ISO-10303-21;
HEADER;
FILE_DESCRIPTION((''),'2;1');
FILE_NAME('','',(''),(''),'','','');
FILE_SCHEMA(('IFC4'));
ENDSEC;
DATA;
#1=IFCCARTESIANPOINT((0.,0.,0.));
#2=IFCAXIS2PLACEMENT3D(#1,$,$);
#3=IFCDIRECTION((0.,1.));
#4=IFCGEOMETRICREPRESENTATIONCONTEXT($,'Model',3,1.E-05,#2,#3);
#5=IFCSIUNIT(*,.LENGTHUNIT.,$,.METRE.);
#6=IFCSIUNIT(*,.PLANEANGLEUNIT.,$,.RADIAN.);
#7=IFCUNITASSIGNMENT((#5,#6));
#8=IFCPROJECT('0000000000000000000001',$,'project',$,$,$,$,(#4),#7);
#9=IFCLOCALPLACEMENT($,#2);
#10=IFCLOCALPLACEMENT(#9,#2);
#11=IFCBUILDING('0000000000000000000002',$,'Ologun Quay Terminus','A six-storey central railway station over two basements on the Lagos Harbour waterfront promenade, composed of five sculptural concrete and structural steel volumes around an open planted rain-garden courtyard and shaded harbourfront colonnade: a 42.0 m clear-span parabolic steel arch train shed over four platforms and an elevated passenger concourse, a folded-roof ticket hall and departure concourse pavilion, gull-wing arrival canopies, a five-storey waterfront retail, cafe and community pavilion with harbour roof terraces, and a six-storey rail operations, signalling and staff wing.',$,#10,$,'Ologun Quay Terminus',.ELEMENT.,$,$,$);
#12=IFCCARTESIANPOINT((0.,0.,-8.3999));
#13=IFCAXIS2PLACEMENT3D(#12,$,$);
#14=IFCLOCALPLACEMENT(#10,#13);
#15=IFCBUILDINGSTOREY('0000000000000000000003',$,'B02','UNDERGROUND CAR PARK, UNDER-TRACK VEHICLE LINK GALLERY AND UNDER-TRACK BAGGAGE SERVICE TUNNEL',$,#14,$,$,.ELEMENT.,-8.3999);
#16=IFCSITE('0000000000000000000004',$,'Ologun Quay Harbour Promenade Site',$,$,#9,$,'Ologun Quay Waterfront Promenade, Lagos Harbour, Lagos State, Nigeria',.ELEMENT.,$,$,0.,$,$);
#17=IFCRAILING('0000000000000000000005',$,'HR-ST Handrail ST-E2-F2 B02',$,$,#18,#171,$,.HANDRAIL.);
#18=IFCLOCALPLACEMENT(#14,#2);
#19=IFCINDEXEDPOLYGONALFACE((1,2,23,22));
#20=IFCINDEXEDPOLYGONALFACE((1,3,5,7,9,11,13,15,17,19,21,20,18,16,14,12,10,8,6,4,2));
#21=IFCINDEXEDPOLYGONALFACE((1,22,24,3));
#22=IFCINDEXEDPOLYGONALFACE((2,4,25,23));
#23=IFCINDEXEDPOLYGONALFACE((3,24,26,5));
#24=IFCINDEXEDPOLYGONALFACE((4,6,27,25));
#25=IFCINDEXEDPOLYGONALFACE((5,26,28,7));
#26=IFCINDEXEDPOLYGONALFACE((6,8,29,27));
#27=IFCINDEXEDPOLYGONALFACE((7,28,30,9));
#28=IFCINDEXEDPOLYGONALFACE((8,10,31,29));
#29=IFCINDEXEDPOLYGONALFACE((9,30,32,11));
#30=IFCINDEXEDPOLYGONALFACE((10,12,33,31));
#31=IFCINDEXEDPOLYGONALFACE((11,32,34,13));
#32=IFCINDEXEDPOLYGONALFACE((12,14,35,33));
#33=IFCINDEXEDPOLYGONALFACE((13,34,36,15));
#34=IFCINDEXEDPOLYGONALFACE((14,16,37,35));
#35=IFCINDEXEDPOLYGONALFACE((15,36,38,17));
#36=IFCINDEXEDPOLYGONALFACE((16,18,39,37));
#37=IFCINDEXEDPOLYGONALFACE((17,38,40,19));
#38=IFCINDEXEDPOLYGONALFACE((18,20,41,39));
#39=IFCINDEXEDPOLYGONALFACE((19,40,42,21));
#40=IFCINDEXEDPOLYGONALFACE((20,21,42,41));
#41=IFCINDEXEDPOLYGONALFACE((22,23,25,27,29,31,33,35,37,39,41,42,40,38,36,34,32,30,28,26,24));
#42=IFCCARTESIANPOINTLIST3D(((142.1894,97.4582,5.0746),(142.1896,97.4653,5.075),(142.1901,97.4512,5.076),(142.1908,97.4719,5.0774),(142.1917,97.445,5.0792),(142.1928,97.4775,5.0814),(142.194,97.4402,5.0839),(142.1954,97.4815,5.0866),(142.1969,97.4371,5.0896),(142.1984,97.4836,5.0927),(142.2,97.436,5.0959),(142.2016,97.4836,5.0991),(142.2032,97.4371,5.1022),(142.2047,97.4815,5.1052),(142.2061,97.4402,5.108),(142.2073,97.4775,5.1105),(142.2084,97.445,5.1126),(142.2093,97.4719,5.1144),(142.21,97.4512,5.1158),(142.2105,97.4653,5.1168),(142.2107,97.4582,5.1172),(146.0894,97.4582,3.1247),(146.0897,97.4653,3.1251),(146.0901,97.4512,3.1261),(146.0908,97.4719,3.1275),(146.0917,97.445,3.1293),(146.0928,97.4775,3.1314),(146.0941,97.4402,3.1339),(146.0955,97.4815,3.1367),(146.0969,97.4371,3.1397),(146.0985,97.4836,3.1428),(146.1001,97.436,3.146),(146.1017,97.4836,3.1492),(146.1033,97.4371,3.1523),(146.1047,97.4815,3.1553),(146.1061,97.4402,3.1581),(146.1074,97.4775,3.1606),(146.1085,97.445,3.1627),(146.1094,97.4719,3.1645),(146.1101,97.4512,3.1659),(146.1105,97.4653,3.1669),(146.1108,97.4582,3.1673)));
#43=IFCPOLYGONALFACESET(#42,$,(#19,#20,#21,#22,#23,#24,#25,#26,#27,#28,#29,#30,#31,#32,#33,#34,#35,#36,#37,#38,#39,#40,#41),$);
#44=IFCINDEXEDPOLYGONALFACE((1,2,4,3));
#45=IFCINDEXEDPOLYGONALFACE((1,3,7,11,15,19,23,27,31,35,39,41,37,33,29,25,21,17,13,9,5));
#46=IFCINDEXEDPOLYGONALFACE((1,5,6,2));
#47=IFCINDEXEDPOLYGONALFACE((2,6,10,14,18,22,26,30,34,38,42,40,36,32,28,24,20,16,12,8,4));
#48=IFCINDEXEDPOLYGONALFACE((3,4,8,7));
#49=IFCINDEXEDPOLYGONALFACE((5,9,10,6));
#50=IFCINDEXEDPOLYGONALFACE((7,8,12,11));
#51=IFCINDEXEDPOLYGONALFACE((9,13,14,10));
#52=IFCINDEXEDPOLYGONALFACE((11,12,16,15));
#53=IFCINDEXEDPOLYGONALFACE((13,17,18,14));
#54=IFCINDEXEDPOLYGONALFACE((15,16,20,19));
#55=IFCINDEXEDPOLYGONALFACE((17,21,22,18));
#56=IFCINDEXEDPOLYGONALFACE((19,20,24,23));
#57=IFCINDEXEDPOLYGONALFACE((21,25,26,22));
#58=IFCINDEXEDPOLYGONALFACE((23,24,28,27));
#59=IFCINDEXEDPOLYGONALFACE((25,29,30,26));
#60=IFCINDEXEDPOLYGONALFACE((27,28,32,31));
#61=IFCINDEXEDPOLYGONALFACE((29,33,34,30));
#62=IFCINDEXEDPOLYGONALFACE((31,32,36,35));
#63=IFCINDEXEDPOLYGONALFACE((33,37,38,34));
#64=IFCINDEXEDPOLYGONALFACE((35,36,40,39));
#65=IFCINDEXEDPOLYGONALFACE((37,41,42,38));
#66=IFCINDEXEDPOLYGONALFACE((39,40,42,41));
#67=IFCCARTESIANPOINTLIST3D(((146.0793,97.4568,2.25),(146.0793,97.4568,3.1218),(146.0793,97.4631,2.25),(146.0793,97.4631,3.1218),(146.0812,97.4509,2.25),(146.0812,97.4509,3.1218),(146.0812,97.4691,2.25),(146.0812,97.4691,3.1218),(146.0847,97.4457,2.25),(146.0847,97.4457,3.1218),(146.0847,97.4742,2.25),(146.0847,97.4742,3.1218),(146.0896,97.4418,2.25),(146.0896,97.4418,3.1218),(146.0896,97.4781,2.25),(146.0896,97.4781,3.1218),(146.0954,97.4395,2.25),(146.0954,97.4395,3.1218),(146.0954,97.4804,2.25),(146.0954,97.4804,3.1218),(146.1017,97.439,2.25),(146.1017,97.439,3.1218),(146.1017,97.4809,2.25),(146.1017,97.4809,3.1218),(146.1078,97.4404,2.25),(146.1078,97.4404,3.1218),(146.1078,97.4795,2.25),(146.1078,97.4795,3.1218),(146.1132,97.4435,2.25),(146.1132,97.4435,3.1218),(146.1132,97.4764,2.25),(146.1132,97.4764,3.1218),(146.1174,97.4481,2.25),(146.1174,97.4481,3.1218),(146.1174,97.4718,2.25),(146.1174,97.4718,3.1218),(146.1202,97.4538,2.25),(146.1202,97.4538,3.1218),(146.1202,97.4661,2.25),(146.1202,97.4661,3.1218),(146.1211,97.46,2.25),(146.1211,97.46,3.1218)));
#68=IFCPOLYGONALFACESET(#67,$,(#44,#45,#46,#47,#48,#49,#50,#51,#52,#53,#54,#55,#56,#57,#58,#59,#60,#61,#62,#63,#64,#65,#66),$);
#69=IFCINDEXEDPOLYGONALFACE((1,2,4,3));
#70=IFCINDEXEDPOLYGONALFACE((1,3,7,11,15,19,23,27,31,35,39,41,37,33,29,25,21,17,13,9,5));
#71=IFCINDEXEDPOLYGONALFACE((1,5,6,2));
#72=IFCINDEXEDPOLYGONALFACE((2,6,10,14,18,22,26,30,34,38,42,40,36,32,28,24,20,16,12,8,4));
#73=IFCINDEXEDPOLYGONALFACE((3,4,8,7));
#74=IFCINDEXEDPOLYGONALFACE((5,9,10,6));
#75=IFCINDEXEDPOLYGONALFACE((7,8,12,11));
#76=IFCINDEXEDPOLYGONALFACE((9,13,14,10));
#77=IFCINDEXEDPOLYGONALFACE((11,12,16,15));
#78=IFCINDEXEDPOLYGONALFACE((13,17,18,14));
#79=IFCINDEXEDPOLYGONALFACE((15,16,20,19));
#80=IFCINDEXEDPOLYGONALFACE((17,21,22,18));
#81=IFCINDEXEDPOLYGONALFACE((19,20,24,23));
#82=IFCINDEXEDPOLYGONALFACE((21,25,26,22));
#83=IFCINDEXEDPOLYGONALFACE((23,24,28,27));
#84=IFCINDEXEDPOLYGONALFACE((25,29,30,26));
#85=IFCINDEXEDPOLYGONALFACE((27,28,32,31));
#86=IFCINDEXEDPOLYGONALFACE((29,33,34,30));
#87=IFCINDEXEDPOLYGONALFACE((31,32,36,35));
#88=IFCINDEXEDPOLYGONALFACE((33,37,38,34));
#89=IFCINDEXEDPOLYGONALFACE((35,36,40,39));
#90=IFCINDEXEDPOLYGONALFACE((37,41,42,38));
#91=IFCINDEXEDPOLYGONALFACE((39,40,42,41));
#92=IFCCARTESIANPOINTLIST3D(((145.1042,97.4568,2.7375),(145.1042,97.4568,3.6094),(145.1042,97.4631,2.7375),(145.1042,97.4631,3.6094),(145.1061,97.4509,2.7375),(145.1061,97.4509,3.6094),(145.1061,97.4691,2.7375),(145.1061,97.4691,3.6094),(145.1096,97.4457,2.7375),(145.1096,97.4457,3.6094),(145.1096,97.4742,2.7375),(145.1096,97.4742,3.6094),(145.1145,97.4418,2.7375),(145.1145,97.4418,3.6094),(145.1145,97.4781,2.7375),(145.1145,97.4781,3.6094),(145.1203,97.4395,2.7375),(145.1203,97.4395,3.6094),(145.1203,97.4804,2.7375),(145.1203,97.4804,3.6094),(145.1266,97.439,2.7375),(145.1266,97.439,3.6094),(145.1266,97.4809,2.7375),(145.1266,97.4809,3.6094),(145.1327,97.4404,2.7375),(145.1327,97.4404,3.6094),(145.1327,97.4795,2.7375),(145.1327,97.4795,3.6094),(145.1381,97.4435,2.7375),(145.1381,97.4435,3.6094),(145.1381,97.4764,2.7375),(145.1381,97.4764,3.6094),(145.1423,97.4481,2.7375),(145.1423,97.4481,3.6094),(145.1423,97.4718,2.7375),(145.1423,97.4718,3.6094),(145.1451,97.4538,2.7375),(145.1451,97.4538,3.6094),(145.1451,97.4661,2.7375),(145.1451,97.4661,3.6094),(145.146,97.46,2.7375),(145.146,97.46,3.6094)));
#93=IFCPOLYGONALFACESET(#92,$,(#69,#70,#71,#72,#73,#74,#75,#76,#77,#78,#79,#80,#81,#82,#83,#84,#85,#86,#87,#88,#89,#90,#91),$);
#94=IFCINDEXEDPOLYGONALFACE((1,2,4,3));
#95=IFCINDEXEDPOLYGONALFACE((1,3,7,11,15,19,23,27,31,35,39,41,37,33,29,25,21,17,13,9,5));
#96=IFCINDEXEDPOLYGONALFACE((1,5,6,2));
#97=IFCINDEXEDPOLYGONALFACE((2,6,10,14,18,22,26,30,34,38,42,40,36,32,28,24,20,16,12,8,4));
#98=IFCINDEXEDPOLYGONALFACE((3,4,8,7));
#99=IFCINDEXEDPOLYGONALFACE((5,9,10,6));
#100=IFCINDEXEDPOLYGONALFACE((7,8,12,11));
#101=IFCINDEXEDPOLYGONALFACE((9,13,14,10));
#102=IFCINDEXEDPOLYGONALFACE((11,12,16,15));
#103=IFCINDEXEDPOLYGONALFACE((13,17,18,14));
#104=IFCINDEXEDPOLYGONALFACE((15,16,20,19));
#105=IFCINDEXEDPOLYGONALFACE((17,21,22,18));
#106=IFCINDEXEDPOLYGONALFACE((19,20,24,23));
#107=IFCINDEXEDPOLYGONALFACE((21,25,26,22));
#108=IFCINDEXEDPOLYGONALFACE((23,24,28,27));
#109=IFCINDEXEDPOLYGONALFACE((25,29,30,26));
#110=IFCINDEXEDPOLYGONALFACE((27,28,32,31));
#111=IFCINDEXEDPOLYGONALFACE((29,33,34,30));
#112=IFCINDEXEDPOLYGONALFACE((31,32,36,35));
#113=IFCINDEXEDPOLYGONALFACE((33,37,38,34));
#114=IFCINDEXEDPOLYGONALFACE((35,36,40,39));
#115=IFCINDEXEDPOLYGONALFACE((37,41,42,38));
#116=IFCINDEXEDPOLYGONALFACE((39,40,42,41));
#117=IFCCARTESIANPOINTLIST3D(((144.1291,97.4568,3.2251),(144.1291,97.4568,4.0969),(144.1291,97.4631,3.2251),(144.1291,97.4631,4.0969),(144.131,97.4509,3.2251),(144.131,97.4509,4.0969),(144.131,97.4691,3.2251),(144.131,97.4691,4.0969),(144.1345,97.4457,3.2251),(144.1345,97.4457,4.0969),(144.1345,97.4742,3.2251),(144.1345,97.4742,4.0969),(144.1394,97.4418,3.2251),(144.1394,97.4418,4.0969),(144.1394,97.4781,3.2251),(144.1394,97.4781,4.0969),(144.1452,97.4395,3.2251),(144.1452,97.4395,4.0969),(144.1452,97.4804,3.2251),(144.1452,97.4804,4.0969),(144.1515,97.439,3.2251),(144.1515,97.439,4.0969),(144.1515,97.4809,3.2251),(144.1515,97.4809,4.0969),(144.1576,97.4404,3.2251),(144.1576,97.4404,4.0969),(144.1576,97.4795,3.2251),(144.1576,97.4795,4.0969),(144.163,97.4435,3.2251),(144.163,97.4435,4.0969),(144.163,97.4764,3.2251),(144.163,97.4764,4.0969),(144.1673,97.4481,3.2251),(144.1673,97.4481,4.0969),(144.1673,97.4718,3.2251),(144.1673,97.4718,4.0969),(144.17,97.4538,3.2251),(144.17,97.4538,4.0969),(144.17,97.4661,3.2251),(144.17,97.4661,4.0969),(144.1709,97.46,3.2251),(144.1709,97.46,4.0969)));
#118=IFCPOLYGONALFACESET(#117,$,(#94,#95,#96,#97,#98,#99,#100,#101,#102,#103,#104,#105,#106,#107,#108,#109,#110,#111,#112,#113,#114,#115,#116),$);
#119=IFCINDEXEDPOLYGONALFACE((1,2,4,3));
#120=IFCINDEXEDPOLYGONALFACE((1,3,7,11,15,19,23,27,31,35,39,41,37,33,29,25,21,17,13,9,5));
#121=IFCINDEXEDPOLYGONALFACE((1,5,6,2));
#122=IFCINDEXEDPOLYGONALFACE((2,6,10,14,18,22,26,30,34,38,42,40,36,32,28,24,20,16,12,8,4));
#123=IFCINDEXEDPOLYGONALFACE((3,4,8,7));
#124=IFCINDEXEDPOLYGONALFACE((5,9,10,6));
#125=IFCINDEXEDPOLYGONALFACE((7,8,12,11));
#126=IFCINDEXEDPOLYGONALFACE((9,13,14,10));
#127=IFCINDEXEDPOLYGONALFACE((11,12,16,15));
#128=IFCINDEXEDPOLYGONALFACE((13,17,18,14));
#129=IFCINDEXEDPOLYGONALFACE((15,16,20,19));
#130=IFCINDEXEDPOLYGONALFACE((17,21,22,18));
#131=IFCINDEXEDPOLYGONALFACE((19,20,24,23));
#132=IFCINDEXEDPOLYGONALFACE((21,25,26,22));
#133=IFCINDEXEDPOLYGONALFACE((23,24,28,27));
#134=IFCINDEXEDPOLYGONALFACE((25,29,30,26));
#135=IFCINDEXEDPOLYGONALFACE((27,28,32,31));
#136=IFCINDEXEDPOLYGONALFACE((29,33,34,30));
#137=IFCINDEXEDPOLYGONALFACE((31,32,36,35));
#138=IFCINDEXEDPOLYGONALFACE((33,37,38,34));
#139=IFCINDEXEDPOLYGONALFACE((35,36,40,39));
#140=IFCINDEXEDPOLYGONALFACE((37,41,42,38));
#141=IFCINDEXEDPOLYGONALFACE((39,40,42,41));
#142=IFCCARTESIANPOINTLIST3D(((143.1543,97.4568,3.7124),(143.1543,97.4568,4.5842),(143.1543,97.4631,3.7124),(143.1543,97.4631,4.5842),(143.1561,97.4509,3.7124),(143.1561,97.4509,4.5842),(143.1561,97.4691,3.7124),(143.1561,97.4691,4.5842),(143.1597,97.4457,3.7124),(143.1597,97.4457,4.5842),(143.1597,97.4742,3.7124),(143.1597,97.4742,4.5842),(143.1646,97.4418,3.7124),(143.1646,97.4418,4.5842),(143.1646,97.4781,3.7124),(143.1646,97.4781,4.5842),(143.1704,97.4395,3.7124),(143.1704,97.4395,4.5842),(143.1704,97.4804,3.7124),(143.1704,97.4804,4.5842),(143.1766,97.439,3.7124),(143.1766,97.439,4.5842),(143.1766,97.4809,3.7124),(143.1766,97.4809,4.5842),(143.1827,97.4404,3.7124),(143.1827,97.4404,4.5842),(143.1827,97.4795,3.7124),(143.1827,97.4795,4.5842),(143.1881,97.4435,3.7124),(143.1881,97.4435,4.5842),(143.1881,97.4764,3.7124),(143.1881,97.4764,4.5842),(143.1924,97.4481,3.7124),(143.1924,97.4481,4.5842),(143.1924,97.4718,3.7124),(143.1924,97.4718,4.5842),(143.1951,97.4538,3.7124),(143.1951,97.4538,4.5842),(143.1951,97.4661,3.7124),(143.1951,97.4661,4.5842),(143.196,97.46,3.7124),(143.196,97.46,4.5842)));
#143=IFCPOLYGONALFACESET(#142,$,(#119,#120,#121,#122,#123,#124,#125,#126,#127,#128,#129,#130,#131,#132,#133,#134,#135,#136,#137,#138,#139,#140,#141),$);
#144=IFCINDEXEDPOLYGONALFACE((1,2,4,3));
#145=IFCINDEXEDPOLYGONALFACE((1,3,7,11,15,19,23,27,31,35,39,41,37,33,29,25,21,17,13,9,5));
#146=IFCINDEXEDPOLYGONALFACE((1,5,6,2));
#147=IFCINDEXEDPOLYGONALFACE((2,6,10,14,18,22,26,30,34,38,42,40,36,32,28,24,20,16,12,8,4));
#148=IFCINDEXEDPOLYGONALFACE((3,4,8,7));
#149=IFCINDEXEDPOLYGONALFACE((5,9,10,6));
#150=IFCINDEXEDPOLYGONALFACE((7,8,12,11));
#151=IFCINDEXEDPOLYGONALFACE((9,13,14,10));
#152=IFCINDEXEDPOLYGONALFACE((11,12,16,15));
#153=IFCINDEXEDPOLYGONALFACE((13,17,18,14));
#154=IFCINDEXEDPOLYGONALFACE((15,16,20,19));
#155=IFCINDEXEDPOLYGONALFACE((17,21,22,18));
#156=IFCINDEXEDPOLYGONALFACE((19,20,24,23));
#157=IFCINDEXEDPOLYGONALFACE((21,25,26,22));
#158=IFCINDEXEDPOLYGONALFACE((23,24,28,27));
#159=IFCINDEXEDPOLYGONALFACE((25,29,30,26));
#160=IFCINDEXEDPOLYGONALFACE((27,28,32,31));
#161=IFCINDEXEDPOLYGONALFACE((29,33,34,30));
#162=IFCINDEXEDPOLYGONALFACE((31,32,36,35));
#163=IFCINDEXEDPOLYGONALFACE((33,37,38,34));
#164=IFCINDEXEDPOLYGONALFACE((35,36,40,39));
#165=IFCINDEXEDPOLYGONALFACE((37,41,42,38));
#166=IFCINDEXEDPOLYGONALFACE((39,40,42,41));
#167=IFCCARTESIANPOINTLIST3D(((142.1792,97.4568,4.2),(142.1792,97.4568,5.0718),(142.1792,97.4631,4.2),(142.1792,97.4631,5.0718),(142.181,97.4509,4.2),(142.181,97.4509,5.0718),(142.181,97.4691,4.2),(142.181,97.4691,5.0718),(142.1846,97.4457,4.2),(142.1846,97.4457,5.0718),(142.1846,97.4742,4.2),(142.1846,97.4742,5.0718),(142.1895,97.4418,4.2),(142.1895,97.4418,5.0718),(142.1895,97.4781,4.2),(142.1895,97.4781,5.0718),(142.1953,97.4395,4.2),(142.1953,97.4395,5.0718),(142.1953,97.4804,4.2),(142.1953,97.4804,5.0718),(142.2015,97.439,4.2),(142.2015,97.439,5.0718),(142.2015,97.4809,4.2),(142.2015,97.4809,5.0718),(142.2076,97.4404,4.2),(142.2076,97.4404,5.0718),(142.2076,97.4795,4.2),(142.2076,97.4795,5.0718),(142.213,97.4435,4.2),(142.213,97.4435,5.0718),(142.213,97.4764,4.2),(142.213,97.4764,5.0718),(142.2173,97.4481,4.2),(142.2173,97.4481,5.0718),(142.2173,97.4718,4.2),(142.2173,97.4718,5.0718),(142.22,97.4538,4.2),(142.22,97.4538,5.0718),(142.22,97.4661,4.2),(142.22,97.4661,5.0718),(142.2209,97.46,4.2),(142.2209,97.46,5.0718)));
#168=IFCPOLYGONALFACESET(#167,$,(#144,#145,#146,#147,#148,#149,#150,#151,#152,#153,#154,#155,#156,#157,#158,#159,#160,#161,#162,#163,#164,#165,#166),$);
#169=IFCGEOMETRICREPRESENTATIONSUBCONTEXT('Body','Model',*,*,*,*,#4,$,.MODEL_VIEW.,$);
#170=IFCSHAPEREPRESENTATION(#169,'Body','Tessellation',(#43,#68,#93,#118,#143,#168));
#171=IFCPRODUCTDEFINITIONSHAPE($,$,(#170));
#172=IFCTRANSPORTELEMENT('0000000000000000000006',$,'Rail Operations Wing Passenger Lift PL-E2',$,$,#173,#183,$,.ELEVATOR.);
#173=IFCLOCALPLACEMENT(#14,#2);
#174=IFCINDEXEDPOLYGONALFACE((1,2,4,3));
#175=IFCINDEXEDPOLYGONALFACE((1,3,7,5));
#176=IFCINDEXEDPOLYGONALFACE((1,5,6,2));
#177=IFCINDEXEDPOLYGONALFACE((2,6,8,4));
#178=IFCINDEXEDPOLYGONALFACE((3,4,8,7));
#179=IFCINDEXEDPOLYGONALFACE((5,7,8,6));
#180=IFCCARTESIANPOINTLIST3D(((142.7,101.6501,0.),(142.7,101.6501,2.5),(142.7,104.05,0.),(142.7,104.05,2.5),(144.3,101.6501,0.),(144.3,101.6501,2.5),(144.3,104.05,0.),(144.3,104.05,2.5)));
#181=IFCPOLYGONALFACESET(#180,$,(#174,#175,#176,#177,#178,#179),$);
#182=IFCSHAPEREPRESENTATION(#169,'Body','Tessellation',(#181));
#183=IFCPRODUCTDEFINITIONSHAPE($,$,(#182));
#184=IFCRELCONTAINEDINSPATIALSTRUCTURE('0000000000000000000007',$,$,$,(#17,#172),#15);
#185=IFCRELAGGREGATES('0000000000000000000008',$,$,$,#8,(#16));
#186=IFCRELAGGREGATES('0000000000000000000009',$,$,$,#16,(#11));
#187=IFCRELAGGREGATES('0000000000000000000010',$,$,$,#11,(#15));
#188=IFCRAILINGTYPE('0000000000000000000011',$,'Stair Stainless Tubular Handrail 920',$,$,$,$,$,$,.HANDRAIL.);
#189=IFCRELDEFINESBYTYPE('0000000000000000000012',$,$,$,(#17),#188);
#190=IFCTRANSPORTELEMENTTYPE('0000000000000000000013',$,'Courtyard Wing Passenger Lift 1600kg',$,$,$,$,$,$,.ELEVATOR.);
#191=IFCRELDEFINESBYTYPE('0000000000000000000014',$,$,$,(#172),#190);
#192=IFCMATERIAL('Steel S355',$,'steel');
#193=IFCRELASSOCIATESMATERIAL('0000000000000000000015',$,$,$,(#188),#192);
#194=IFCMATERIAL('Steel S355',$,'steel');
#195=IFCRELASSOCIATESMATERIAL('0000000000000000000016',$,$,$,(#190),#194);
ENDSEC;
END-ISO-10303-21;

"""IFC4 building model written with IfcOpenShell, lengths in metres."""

from ifc_helpers import new_model, si_unit, direction, frame, origin, origin_2d, place, context, subcontext, project, spatial, rectangle, circle, extrude, material, type_object, element, save


model = new_model("IFC4")

# Units and contexts
model_context = context("Model", 3, precision=1e-05, world=origin(), true_north=direction((0.0, 1.0)))
body_context = subcontext(model_context, "Body", "Model", "MODEL_VIEW")
ifc_project = project(units=[si_unit("LENGTHUNIT", "METRE"), si_unit("PLANEANGLEUNIT", "RADIAN")], contexts=[model_context])

# Site, building, storey
site_placement = place(None, origin())
site = spatial("IfcSite", under=ifc_project, at=site_placement, Name="Ologun Quay Harbour Promenade Site", LongName="Ologun Quay Waterfront Promenade, Lagos Harbour, Lagos State, Nigeria", CompositionType="ELEMENT", RefElevation=0.0)
building_placement = place(site_placement, origin())
building = spatial("IfcBuilding", under=site, at=building_placement, Name="Ologun Quay Terminus", Description="A six-storey central railway station over two basements on the Lagos Harbour waterfront promenade, composed of five sculptural concrete and structural steel volumes around an open planted rain-garden courtyard and shaded harbourfront colonnade: a 42.0 m clear-span parabolic steel arch train shed over four platforms and an elevated passenger concourse, a folded-roof ticket hall and departure concourse pavilion, gull-wing arrival canopies, a five-storey waterfront retail, cafe and community pavilion with harbour roof terraces, and a six-storey rail operations, signalling and staff wing.", LongName="Ologun Quay Terminus", CompositionType="ELEMENT")
storey_placement = place(building_placement, frame((0.0, 0.0, -8.3999)))
storey = spatial("IfcBuildingStorey", under=building, at=storey_placement, Name="B02", Description="UNDERGROUND CAR PARK, UNDER-TRACK VEHICLE LINK GALLERY AND UNDER-TRACK BAGGAGE SERVICE TUNNEL", CompositionType="ELEMENT", Elevation=-8.3999)

# Railing
ifc_material_1 = material(Name="Steel S355", Category="steel")
railing_type_1 = type_object("IfcRailingType", Name="Stair Stainless Tubular Handrail 920", PredefinedType="HANDRAIL", material=ifc_material_1)
railing_1_placement = place(storey_placement, frame((146.1001, 97.46, 2.25)))
element("IfcRailing", 1, at=railing_1_placement, inside=storey, type_object=railing_type_1, Name="HR-ST Handrail ST-E2-F2 B02", PredefinedType="HANDRAIL", context=body_context, shape_type="SweptSolid", body=[
    extrude(circle(Radius=0.0239, at=origin_2d()), frame((0.0, 0.0, 0.896), z_axis=(-0.894438, 0.0, 0.447191), x_axis=(0.0, -1.0, 0.0)), (0.0, 0.0, 1.0), 4.3604),
    extrude(circle(Radius=0.021, at=origin_2d()), origin(), (0.0, 0.0, 1.0), 0.8718),
    extrude(circle(Radius=0.021, at=origin_2d()), frame((-0.9751, 0.0, 0.4875)), (0.0, 0.0, 1.0), 0.8718),
    extrude(circle(Radius=0.021, at=origin_2d()), frame((-1.9502, 0.0, 0.9751)), (0.0, 0.0, 1.0), 0.8718),
    extrude(circle(Radius=0.021, at=origin_2d()), frame((-2.925, 0.0, 1.4624)), (0.0, 0.0, 1.0), 0.8718),
    extrude(circle(Radius=0.021, at=origin_2d()), frame((-3.9001, 0.0, 1.95)), (0.0, 0.0, 1.0), 0.8718),
])

# Transport element
ifc_material_2 = material(Name="Steel S355", Category="steel")
transport_element_type = type_object("IfcTransportElementType", Name="Courtyard Wing Passenger Lift 1600kg", PredefinedType="ELEVATOR", material=ifc_material_2)
transport_element_placement = place(storey_placement, frame((143.5, 102.8501, 0.0), z_axis=(0.0, 0.0, 1.0), x_axis=(1.0, 0.0, 0.0)))
element("IfcTransportElement", 2, at=transport_element_placement, inside=storey, type_object=transport_element_type, Name="Rail Operations Wing Passenger Lift PL-E2", PredefinedType="ELEVATOR", context=body_context, shape_type="SweptSolid", body=[
    extrude(rectangle(XDim=1.6001, YDim=2.3999, at=origin_2d()), origin(), (0.0, 0.0, 1.0), 2.5),
])

save(model, "model.ifc")
